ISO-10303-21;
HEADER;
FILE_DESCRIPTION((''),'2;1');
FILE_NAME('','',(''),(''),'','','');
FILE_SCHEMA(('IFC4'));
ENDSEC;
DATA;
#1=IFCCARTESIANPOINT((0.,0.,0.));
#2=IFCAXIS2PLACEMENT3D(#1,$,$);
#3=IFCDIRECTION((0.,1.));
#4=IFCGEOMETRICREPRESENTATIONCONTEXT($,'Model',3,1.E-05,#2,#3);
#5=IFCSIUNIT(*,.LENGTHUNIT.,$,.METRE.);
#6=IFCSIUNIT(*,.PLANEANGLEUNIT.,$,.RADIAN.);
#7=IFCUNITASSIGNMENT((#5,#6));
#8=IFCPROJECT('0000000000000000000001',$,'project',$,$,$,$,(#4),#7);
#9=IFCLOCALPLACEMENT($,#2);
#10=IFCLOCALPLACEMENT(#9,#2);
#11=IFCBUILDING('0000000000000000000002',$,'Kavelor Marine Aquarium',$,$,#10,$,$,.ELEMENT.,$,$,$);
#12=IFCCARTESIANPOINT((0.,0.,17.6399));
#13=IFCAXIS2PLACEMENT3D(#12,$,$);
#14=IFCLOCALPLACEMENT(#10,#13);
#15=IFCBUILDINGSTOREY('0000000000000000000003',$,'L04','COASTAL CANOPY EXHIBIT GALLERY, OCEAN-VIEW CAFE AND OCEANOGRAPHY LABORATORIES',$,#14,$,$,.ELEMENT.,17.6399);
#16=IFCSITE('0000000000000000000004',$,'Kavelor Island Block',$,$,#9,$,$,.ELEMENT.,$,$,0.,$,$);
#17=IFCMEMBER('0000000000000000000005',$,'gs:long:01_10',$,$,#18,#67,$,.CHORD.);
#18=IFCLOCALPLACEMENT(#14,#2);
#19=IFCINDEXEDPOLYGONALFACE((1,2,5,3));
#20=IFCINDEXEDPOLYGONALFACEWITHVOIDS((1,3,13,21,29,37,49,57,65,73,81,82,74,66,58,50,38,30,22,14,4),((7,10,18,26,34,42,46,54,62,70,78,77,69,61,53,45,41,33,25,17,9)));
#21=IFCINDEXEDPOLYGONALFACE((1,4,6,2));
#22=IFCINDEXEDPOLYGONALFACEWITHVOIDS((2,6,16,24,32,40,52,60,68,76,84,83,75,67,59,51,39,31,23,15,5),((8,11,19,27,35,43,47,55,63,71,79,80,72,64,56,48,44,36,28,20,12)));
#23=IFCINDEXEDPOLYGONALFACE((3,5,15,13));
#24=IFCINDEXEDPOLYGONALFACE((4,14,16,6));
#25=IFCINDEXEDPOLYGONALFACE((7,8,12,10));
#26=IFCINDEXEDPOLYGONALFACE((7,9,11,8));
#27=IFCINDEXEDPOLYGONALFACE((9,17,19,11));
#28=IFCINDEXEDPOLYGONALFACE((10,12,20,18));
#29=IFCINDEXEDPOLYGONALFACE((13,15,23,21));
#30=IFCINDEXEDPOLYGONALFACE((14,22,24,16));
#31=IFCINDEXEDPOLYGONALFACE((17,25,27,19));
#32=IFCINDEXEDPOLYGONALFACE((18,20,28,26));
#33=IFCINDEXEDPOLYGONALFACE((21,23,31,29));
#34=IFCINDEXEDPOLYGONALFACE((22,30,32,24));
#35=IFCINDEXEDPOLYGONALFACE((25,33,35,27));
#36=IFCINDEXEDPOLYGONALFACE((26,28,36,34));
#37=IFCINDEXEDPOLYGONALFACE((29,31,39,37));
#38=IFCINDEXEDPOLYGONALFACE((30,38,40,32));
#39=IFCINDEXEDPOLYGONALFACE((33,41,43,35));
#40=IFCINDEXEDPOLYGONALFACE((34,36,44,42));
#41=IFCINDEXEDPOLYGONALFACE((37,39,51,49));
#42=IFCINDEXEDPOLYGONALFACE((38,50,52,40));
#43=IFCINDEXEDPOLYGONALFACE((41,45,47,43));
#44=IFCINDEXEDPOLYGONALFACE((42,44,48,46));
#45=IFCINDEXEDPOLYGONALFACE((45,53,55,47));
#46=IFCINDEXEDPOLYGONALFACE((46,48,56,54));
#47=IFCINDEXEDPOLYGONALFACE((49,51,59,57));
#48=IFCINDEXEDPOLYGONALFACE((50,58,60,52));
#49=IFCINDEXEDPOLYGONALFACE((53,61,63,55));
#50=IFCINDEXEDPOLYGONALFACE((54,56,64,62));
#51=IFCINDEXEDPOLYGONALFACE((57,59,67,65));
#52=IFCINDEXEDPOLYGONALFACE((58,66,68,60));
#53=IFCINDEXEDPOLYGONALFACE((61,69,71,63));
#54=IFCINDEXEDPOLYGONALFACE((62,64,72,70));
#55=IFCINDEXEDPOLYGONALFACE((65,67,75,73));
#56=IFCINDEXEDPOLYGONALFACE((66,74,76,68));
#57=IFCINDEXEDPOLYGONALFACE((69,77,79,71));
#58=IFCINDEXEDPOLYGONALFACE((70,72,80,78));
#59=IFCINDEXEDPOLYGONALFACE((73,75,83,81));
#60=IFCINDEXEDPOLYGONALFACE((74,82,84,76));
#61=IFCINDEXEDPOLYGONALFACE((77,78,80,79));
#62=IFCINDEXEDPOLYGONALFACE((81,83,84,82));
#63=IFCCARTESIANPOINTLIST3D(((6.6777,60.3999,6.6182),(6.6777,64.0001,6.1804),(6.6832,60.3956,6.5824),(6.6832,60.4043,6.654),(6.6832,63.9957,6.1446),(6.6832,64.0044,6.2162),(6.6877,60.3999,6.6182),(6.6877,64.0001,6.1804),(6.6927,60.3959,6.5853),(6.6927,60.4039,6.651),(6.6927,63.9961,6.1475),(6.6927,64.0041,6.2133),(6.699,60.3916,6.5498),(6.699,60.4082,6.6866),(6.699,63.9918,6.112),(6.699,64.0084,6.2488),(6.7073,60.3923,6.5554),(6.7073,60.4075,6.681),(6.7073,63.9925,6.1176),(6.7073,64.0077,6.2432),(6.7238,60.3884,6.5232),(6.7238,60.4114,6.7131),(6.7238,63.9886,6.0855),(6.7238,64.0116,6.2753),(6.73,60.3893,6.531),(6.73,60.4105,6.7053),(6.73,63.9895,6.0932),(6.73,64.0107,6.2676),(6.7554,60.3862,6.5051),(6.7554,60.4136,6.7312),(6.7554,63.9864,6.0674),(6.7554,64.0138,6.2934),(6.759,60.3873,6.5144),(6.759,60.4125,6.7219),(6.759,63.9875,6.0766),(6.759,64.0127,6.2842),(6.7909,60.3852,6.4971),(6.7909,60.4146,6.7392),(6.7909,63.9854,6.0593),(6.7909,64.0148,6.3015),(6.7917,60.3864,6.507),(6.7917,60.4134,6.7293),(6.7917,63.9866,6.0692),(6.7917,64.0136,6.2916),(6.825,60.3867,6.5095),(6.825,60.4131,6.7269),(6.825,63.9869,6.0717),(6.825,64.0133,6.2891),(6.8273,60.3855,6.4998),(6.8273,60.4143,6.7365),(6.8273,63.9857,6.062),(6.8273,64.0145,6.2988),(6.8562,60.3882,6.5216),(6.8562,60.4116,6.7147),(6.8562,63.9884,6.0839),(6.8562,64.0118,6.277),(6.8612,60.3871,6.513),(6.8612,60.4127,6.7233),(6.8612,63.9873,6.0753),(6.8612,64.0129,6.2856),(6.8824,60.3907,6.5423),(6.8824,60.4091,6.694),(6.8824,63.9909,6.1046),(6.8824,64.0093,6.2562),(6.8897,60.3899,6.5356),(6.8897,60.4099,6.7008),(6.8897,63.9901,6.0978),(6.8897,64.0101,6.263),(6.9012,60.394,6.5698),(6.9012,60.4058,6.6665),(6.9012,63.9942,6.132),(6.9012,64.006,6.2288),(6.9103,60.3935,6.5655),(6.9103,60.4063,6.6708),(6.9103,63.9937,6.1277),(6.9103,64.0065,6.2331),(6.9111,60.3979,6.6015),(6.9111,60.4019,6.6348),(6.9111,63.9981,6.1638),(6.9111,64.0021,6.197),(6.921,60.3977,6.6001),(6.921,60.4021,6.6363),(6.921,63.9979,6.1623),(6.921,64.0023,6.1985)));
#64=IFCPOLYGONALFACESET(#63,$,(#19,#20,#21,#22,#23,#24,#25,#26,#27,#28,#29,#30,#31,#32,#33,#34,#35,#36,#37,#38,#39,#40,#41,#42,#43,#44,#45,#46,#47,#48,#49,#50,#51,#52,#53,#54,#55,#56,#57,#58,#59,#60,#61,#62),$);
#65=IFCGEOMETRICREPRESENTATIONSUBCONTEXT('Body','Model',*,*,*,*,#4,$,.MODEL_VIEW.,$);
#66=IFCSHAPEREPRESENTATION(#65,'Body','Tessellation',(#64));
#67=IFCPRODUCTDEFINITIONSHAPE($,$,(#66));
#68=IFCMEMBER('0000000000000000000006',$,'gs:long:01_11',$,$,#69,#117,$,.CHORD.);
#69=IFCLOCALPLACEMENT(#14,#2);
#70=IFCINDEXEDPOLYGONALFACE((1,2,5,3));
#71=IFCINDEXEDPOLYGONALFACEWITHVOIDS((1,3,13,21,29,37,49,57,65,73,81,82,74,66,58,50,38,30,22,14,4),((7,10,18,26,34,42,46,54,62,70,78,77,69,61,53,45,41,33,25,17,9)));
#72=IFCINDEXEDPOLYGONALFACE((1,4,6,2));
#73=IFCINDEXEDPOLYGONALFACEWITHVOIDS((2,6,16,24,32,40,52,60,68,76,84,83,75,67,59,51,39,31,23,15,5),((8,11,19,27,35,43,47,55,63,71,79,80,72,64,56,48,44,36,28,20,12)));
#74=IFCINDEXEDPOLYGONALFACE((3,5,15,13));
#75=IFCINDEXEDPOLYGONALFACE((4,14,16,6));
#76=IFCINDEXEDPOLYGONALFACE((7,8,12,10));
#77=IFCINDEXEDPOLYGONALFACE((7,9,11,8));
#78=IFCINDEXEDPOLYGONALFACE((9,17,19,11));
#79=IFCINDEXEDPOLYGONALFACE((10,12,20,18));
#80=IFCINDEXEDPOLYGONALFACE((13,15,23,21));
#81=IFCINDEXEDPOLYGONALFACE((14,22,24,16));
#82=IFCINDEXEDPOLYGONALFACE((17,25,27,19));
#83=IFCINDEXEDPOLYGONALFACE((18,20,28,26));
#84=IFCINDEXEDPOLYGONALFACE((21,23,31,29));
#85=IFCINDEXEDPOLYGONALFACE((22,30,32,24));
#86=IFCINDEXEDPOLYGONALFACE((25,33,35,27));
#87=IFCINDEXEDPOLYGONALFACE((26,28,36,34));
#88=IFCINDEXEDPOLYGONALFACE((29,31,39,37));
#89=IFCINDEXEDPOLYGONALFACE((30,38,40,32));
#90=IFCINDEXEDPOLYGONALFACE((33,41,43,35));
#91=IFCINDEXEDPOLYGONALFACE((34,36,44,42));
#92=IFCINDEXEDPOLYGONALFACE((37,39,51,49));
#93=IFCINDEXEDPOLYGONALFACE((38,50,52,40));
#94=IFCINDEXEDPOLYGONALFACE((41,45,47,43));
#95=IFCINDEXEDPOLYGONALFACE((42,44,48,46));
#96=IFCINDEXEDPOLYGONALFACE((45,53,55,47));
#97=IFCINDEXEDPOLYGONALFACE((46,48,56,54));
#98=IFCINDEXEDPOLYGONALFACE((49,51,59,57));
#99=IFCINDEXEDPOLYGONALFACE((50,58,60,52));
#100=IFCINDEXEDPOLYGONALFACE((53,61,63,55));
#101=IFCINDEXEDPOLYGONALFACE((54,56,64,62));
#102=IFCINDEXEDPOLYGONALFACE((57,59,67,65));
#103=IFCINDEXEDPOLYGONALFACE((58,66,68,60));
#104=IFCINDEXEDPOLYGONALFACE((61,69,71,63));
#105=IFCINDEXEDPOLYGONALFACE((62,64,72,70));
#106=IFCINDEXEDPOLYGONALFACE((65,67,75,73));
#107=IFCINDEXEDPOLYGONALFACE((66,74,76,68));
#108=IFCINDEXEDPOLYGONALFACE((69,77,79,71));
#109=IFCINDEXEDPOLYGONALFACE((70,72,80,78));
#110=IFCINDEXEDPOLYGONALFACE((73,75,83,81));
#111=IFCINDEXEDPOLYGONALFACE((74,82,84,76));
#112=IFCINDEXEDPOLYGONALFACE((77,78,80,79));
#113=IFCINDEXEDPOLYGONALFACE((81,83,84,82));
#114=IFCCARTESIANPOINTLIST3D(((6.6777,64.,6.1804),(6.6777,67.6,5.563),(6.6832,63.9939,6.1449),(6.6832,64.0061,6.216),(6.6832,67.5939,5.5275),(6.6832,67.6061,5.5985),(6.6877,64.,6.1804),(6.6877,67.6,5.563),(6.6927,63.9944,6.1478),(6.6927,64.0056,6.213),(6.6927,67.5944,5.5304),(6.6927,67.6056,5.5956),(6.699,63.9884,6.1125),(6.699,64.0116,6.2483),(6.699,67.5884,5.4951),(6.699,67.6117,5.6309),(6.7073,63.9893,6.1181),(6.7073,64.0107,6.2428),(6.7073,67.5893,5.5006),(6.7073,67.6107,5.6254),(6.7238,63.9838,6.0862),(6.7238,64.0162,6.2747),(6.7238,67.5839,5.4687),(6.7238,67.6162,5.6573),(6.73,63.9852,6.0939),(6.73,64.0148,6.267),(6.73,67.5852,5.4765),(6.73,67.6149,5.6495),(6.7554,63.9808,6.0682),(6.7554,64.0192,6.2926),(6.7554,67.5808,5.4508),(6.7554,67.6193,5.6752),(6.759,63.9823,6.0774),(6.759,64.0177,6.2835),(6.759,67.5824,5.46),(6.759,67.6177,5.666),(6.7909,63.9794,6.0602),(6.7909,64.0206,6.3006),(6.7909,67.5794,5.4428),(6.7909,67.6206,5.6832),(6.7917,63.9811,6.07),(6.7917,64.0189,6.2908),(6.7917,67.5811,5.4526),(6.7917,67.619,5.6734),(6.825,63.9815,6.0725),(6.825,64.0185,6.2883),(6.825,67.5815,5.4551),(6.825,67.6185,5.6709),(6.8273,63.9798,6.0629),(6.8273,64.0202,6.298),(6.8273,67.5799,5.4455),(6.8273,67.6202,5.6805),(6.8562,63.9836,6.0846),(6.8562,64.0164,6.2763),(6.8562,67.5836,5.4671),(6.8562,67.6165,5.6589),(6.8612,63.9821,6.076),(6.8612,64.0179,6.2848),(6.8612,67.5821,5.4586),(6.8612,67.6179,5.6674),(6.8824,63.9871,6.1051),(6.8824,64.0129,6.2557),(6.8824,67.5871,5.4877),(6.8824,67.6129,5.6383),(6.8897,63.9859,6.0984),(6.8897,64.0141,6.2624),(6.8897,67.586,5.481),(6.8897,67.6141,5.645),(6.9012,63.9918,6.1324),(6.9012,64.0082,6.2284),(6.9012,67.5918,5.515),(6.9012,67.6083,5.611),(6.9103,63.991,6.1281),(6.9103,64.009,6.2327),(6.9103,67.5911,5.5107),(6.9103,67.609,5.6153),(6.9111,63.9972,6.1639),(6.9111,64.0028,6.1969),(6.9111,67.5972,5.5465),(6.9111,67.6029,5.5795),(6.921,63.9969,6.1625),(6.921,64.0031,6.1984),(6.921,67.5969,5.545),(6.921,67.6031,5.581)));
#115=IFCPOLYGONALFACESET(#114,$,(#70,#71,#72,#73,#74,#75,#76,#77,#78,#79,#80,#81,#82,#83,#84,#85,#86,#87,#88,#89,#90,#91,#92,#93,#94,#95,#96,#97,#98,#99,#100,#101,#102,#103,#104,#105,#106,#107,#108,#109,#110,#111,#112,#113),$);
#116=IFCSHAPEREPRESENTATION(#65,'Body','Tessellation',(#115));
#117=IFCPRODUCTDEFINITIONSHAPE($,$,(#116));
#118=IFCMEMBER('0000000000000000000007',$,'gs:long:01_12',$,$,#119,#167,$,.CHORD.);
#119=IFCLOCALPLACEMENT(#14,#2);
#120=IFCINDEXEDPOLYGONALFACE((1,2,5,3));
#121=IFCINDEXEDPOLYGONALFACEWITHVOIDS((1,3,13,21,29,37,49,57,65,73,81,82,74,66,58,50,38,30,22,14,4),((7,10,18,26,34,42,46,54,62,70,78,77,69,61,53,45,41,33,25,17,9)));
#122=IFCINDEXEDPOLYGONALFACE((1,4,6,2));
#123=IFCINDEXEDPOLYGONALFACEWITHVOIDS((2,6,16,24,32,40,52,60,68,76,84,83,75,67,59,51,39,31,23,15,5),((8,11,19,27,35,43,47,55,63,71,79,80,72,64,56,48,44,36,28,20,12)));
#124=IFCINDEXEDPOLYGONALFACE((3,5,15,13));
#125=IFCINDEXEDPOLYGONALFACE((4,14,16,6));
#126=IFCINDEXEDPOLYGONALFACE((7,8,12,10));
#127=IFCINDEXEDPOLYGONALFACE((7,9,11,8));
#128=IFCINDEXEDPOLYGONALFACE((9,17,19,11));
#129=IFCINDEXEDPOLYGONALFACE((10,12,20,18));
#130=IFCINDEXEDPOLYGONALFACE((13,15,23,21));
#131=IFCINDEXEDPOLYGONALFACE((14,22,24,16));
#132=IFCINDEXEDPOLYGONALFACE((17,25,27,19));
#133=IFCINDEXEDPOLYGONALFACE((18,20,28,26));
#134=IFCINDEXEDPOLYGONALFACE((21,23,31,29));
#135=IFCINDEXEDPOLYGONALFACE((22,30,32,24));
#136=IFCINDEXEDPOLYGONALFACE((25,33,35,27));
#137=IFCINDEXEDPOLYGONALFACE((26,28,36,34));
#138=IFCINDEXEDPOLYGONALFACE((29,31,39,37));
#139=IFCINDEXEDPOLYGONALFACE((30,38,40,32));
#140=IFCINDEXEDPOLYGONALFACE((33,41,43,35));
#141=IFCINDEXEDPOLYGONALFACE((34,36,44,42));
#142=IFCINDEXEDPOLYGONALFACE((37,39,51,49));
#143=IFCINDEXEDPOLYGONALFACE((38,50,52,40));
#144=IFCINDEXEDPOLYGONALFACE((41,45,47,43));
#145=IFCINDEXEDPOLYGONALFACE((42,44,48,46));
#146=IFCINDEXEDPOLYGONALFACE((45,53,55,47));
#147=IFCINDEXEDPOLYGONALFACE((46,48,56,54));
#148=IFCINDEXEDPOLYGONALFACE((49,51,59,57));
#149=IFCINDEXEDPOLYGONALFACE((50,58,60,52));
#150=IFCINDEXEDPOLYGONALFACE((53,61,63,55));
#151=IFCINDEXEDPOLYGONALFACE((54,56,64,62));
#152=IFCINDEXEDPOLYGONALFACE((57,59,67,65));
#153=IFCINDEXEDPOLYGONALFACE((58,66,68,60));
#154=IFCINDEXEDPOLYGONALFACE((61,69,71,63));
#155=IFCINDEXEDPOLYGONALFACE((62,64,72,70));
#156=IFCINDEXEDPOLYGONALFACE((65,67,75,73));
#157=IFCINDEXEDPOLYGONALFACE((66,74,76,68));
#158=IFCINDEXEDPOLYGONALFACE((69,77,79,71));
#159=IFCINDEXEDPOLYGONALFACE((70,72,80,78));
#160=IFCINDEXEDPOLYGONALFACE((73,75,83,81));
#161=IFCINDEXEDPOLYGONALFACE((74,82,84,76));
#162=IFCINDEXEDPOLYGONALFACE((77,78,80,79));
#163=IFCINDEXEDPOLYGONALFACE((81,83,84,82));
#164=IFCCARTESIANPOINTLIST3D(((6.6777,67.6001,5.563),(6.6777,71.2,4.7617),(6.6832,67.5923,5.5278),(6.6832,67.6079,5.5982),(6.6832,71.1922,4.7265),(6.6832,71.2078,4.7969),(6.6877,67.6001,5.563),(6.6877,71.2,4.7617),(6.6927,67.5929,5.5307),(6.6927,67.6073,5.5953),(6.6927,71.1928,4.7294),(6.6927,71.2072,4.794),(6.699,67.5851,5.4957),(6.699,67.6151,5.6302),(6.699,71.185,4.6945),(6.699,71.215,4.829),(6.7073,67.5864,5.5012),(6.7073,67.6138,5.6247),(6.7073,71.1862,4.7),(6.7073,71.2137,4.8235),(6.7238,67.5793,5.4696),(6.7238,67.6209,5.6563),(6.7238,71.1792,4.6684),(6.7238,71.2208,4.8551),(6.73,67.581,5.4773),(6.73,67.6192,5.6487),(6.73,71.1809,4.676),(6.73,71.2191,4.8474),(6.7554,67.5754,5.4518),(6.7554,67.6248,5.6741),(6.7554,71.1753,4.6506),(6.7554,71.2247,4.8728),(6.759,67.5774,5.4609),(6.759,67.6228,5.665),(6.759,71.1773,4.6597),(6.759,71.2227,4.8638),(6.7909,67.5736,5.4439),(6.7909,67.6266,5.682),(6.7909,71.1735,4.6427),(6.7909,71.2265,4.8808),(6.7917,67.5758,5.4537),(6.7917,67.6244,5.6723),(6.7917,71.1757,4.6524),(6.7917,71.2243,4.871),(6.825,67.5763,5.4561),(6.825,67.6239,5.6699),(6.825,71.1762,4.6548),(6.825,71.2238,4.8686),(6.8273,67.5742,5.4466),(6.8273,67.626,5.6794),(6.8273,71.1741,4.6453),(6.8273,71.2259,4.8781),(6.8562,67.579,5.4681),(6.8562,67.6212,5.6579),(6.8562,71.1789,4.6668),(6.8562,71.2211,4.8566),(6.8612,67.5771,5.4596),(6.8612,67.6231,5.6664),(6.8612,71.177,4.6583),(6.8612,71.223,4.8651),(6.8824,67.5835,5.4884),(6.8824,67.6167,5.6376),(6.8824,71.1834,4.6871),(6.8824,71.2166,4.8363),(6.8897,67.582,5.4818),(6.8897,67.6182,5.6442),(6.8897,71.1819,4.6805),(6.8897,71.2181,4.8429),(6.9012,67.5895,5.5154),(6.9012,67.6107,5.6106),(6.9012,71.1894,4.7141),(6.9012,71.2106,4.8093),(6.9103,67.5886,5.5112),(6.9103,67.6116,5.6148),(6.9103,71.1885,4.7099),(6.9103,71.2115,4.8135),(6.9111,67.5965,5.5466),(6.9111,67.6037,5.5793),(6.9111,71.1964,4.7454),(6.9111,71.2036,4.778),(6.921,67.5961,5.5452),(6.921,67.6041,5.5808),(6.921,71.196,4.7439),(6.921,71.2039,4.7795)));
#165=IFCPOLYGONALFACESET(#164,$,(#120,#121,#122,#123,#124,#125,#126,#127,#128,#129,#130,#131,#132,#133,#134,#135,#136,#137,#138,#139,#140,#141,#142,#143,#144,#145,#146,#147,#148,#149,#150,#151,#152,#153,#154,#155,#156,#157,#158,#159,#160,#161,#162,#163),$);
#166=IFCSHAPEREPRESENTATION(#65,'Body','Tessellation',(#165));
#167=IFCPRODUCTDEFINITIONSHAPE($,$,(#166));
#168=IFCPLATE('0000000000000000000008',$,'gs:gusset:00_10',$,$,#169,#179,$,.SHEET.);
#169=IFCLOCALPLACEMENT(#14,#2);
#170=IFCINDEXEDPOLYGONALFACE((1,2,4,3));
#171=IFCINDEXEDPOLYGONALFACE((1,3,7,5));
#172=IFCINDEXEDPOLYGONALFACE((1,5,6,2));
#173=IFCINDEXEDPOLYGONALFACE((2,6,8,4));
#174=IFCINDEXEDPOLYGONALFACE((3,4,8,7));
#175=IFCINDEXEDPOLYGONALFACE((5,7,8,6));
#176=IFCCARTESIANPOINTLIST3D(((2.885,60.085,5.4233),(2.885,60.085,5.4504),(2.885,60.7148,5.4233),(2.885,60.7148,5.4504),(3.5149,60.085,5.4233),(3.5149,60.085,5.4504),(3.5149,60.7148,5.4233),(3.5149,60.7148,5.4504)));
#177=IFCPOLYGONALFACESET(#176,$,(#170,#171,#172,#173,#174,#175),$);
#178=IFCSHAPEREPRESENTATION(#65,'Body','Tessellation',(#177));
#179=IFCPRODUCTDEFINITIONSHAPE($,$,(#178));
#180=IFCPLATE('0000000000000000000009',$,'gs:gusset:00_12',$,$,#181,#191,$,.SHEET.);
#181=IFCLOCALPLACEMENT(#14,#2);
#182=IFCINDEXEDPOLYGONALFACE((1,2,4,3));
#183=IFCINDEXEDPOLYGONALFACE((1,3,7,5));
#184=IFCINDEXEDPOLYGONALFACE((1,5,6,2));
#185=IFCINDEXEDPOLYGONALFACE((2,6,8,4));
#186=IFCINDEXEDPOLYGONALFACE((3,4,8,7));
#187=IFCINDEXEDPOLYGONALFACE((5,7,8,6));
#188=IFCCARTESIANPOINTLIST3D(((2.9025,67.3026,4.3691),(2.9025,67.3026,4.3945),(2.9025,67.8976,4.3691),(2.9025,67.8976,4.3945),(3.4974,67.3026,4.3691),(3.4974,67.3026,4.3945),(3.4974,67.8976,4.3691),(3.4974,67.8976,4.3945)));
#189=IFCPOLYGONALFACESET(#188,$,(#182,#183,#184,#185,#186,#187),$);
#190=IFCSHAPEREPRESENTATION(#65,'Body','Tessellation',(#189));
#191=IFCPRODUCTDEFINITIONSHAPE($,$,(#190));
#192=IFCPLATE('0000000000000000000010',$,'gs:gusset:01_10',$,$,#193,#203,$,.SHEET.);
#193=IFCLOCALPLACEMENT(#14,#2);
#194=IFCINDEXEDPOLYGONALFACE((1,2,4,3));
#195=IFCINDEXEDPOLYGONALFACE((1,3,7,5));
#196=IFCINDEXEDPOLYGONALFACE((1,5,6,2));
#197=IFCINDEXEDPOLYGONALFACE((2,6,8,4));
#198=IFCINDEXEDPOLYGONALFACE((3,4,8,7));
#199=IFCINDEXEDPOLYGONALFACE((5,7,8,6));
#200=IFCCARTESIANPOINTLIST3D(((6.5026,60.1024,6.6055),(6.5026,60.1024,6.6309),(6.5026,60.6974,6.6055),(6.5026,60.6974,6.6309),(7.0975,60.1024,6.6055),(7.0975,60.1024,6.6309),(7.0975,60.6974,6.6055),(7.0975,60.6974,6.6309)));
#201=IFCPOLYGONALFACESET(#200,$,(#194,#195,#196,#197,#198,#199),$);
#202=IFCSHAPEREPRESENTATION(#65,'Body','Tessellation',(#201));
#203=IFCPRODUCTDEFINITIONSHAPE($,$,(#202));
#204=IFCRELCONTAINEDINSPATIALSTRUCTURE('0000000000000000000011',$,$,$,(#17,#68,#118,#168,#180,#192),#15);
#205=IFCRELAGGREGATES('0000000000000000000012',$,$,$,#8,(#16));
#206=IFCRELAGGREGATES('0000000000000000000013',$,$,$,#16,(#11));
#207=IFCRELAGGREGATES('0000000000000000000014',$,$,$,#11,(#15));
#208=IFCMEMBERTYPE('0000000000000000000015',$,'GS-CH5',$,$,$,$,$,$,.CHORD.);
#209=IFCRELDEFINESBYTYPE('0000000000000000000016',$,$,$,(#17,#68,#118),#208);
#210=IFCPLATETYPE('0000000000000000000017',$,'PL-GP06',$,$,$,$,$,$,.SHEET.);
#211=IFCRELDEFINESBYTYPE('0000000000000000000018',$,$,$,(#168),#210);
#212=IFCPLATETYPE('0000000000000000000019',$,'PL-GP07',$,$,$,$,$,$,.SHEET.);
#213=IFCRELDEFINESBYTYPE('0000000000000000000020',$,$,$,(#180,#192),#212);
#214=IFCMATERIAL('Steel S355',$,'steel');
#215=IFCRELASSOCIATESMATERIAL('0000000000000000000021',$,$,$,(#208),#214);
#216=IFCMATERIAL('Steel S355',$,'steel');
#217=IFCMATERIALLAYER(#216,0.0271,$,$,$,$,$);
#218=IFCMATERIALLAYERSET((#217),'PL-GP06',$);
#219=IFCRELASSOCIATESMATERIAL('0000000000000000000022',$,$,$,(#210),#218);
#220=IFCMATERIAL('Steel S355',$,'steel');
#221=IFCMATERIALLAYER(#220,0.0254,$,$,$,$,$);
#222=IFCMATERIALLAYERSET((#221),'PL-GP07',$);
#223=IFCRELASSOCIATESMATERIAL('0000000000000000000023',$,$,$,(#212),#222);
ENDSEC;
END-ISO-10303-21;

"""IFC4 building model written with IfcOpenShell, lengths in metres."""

from ifc_helpers import new_model, si_unit, direction, frame, origin, origin_2d, place, context, subcontext, project, spatial, rectangle, hollow_circle, extrude, material, layer, layer_set, material_profile, profile_set, type_object, element, save


model = new_model("IFC4")

# Units and contexts
model_context = context("Model", 3, precision=1e-05, world=origin(), true_north=direction((0.0, 1.0)))
body_context = subcontext(model_context, "Body", "Model", "MODEL_VIEW")
ifc_project = project(units=[si_unit("LENGTHUNIT", "METRE"), si_unit("PLANEANGLEUNIT", "RADIAN")], contexts=[model_context])

# Site, building, storey
site_placement = place(None, origin())
site = spatial("IfcSite", under=ifc_project, at=site_placement, Name="Kavelor Island Block", CompositionType="ELEMENT", RefElevation=0.0)
building_placement = place(site_placement, origin())
building = spatial("IfcBuilding", under=site, at=building_placement, Name="Kavelor Marine Aquarium", CompositionType="ELEMENT")
storey_placement = place(building_placement, frame((0.0, 0.0, 17.6399)))
storey = spatial("IfcBuildingStorey", under=building, at=storey_placement, Name="L04", Description="COASTAL CANOPY EXHIBIT GALLERY, OCEAN-VIEW CAFE AND OCEANOGRAPHY LABORATORIES", CompositionType="ELEMENT", Elevation=17.6399)

# Members
ifc_material_1 = material(Name="Steel S355", Category="steel")
ifc_material_profile_1 = material_profile(ifc_material_1, hollow_circle(Radius=0.1223, WallThickness=0.01, at=origin_2d()), Name="CHS 244.5x10.0")
ifc_profile_set_1 = profile_set([ifc_material_profile_1], Name="Steel S355")
member_type_1 = type_object("IfcMemberType", Name="GS-CH5", PredefinedType="CHORD", material=ifc_profile_set_1)
member_1_placement = place(storey_placement, frame((6.8, 60.3999, 6.6182), z_axis=(0.0, 0.992689, -0.120703), x_axis=(-1.0, 0.0, 0.0)))
element("IfcMember", 1, at=member_1_placement, inside=storey, type_object=member_type_1, Name="gs:long:01_10", PredefinedType="CHORD", context=body_context, shape_type="SweptSolid", body=[
    extrude(hollow_circle(Radius=0.1223, WallThickness=0.01, at=origin_2d()), origin(), (0.0, 0.0, 1.0), 3.6267),
])
member_2_placement = place(storey_placement, frame((6.8, 64.0, 6.1804), z_axis=(0.0, 0.98561, -0.169036), x_axis=(-1.0, 0.0, 0.0)))
element("IfcMember", 2, at=member_2_placement, inside=storey, type_object=member_type_1, Name="gs:long:01_11", PredefinedType="CHORD", context=body_context, shape_type="SweptSolid", body=[
    extrude(hollow_circle(Radius=0.1223, WallThickness=0.01, at=origin_2d()), origin(), (0.0, 0.0, 1.0), 3.6526),
])
member_3_placement = place(storey_placement, frame((6.8, 67.6001, 5.563), z_axis=(0.0, 0.976112, -0.217267), x_axis=(-1.0, 0.0, 0.0)))
element("IfcMember", 3, at=member_3_placement, inside=storey, type_object=member_type_1, Name="gs:long:01_12", PredefinedType="CHORD", context=body_context, shape_type="SweptSolid", body=[
    extrude(hollow_circle(Radius=0.1223, WallThickness=0.01, at=origin_2d()), origin(), (0.0, 0.0, 1.0), 3.688),
])

# Plates
ifc_material_2 = material(Name="Steel S355", Category="steel")
ifc_layer_1 = layer(ifc_material_2, 0.0271)
ifc_layer_set_1 = layer_set([ifc_layer_1], Name="PL-GP06")
plate_type_1 = type_object("IfcPlateType", Name="PL-GP06", PredefinedType="SHEET", material=ifc_layer_set_1)
plate_placement = place(storey_placement, frame((3.2, 60.3999, 5.4233), z_axis=(0.0, 0.0, 1.0), x_axis=(1.0, 0.0, 0.0)))
element("IfcPlate", 4, at=plate_placement, inside=storey, type_object=plate_type_1, Name="gs:gusset:00_10", PredefinedType="SHEET", context=body_context, shape_type="SweptSolid", body=[
    extrude(rectangle(XDim=0.6299, YDim=0.6299, at=origin_2d()), origin(), (0.0, 0.0, 1.0), 0.0271),
])
ifc_material_3 = material(Name="Steel S355", Category="steel")
ifc_layer_2 = layer(ifc_material_3, 0.0254)
ifc_layer_set_2 = layer_set([ifc_layer_2], Name="PL-GP07")
plate_type_2 = type_object("IfcPlateType", Name="PL-GP07", PredefinedType="SHEET", material=ifc_layer_set_2)
for number, where, z_axis, x_axis, name in (
    (5, (3.2, 67.6001, 4.3691), (0.0, 0.0, 1.0), (1.0, 0.0, 0.0), "gs:gusset:00_12"),
    (6, (6.8, 60.3999, 6.6055), (0.0, 0.0, 1.0), (1.0, 0.0, 0.0), "gs:gusset:01_10"),
):
    element("IfcPlate", number, at=place(storey_placement, frame(where, z_axis=z_axis, x_axis=x_axis)), inside=storey, type_object=plate_type_2, Name=name, PredefinedType="SHEET", context=body_context, shape_type="SweptSolid", body=[
        extrude(rectangle(XDim=0.595, YDim=0.595, at=origin_2d()), origin(), (0.0, 0.0, 1.0), 0.0254),
    ])

save(model, "model.ifc")
